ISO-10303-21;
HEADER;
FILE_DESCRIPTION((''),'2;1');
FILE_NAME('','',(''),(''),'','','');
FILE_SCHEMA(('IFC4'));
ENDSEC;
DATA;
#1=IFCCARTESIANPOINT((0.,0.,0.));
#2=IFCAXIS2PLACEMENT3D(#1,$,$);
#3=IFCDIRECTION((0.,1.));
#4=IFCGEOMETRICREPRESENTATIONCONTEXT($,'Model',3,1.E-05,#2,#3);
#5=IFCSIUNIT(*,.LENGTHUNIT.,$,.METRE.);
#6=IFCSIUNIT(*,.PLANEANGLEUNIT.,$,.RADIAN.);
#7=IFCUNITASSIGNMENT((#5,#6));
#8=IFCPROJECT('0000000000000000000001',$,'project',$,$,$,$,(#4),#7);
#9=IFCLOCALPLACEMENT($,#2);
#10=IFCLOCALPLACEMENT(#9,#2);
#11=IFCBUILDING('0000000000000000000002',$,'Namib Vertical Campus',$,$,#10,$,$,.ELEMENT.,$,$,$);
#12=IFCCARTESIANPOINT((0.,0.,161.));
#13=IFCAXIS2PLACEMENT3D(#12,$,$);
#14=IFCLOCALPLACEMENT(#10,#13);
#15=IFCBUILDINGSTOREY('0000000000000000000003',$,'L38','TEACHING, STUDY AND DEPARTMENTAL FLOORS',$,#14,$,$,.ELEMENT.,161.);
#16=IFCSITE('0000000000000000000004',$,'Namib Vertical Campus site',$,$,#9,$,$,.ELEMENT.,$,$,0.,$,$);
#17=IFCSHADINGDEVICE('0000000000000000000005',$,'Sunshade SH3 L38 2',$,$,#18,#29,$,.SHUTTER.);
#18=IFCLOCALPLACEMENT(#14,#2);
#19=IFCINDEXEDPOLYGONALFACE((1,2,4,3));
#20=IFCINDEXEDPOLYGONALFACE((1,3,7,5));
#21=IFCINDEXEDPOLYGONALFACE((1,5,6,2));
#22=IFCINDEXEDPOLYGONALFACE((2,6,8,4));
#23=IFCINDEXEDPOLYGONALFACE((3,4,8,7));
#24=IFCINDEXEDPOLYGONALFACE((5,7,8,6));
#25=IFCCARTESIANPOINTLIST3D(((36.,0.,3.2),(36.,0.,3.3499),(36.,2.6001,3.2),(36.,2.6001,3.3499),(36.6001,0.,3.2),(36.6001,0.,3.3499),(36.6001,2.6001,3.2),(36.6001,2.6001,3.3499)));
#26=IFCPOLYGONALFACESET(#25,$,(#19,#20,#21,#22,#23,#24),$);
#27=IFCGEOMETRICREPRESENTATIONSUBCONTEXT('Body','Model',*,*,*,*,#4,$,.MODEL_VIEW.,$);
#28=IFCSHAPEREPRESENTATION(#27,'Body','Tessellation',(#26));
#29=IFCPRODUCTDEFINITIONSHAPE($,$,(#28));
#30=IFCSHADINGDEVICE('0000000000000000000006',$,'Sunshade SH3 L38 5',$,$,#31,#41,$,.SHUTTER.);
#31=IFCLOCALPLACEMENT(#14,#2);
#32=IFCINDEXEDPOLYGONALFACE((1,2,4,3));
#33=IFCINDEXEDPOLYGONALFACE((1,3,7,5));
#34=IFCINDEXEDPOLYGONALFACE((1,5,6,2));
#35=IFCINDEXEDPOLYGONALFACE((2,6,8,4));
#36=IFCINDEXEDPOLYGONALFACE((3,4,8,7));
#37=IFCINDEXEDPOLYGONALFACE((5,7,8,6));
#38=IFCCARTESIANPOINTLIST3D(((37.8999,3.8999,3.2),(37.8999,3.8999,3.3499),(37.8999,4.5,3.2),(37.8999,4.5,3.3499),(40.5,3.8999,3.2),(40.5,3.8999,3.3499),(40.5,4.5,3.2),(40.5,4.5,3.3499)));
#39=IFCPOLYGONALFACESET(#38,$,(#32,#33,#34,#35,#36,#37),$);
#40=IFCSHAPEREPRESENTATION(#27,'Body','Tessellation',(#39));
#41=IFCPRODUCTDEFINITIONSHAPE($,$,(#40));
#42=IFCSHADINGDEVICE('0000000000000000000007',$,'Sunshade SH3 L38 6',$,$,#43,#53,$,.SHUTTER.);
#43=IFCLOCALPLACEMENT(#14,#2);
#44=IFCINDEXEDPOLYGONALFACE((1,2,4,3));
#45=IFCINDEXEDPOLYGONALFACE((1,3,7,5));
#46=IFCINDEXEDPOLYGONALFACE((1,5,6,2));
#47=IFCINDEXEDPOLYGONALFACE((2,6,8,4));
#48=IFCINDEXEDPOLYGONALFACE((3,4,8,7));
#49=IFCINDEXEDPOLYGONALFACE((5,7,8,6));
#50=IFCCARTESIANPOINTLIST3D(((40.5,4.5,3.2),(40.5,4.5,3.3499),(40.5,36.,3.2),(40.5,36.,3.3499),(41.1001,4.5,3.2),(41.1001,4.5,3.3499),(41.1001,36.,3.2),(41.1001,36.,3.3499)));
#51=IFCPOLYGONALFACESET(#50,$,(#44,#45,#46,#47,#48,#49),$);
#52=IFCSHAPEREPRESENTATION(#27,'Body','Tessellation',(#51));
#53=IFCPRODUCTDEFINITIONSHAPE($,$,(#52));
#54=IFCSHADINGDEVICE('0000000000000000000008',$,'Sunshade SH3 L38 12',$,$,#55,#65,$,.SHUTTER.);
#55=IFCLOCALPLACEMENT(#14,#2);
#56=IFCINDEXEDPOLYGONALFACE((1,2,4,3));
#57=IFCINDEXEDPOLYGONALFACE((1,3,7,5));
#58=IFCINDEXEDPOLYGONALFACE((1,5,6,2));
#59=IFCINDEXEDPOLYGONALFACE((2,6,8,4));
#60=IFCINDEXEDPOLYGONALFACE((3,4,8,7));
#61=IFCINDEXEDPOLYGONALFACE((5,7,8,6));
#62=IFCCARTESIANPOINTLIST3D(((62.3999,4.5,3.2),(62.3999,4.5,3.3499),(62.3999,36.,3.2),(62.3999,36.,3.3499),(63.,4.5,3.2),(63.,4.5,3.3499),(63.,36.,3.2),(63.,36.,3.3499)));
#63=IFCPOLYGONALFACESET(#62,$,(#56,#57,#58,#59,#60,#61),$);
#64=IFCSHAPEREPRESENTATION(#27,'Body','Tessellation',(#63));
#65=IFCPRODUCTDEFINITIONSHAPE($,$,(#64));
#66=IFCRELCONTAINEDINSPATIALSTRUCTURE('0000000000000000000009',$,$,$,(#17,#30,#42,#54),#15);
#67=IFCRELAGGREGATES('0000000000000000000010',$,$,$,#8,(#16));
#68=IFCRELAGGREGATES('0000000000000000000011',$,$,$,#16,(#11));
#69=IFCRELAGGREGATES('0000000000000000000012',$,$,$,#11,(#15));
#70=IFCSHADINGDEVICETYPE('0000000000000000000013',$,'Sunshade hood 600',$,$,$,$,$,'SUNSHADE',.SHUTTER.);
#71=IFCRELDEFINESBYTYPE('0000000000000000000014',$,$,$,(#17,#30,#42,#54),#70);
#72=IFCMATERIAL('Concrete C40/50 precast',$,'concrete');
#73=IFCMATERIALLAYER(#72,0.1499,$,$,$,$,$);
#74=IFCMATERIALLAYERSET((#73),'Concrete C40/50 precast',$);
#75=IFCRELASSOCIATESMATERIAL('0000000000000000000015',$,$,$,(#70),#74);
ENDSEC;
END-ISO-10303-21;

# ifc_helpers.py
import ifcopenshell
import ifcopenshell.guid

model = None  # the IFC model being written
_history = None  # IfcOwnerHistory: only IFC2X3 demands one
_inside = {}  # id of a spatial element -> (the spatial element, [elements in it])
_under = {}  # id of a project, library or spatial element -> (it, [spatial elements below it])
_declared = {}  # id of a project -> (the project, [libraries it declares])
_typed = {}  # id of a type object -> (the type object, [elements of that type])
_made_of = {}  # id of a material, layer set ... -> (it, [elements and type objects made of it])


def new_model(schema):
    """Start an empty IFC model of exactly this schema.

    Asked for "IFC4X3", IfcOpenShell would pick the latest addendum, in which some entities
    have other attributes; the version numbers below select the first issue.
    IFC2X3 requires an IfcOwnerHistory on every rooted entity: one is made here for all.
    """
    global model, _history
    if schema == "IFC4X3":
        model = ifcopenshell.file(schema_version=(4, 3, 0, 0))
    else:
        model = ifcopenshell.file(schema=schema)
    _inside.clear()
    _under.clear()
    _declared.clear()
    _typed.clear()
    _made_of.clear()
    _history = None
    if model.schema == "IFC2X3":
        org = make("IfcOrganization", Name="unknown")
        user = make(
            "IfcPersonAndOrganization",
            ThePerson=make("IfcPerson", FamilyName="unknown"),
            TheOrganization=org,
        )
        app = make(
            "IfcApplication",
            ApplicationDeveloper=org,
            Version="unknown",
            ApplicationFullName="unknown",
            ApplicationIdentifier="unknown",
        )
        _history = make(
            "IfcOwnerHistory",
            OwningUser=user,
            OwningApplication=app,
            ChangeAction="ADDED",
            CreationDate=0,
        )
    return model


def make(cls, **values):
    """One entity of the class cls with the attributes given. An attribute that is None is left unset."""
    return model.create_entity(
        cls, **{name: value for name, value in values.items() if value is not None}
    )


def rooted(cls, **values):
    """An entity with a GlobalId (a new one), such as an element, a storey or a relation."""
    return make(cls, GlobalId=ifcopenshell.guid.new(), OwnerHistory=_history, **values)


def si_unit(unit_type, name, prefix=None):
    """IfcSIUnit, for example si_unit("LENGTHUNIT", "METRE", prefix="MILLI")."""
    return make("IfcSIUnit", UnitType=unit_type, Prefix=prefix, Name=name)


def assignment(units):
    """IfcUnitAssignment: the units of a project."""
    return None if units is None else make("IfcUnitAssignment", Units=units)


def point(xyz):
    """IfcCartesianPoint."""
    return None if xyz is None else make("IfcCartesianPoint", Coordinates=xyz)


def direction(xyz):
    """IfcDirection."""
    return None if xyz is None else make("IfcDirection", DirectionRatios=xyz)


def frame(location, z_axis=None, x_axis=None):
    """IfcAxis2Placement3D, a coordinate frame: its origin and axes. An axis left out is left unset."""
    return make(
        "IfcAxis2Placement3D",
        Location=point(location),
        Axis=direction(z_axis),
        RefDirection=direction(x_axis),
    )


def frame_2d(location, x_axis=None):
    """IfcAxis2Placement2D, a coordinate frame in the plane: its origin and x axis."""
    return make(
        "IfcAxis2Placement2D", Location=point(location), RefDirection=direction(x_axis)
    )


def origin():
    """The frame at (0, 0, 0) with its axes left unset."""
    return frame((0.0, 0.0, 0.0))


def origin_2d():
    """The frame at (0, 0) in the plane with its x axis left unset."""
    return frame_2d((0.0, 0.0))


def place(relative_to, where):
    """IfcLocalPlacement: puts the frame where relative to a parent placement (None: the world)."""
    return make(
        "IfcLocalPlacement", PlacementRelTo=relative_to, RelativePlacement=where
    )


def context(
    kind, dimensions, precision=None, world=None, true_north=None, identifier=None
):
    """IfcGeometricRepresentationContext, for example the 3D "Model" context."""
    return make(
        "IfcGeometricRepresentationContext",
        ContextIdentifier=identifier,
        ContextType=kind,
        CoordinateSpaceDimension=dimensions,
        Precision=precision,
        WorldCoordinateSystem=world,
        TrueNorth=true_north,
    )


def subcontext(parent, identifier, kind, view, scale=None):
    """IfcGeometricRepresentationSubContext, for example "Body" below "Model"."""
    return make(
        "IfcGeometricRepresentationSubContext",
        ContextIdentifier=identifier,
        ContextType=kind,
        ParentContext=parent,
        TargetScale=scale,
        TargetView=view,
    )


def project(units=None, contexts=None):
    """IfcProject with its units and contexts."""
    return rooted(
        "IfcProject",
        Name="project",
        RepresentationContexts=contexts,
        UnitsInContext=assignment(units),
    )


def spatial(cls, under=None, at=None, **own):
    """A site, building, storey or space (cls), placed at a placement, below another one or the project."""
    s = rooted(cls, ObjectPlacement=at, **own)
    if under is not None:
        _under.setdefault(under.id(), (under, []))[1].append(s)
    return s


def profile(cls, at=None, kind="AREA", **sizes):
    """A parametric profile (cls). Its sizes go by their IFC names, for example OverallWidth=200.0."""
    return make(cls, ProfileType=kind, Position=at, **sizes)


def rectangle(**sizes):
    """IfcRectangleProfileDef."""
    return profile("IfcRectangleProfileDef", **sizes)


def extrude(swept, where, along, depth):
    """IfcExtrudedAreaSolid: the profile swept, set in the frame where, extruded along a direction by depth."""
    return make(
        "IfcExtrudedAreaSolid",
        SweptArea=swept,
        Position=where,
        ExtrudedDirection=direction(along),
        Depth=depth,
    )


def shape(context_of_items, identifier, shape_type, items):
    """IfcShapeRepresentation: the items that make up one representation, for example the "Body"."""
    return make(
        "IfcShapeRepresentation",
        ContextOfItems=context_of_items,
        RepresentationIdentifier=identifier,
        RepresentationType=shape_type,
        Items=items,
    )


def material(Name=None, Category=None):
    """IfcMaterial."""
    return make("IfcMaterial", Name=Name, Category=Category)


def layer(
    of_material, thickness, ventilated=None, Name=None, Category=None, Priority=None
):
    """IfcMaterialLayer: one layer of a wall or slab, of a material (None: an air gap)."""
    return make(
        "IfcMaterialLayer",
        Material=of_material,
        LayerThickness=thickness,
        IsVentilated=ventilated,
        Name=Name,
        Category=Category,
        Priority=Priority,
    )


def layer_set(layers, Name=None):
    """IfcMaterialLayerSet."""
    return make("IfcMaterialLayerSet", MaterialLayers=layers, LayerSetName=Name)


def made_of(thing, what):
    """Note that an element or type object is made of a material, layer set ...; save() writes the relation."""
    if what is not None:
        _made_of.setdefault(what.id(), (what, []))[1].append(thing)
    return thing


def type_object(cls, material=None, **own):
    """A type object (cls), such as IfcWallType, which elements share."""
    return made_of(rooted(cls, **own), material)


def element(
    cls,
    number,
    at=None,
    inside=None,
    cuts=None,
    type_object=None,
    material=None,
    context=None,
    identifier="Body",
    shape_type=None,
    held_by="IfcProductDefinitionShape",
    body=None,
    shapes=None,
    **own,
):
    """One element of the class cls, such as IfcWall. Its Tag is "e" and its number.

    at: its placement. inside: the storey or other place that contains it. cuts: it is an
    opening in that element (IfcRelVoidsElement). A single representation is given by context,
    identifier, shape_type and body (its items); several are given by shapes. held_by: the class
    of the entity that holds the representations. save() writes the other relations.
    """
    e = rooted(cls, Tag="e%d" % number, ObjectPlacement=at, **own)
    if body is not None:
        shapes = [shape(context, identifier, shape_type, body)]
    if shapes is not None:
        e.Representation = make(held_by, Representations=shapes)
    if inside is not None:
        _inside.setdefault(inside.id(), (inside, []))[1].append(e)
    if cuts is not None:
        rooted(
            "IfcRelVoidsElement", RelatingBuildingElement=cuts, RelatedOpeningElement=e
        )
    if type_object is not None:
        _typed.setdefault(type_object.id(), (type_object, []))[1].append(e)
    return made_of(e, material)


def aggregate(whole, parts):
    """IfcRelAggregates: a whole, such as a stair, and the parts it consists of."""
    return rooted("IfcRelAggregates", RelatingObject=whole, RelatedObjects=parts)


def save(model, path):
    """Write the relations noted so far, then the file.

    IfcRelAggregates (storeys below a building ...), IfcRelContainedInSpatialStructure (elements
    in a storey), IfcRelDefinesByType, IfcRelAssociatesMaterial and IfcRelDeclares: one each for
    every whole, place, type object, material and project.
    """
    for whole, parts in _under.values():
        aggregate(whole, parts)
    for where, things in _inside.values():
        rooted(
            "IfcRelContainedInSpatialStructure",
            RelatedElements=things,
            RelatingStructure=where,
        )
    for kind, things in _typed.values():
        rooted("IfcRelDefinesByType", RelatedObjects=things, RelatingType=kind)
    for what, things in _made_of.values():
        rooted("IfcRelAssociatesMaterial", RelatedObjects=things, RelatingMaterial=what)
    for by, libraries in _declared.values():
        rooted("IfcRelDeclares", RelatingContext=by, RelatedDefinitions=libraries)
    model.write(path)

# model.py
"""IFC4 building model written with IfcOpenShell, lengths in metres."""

from ifc_helpers import new_model, si_unit, direction, frame, origin, origin_2d, place, context, subcontext, project, spatial, rectangle, extrude, material, layer, layer_set, type_object, element, save


model = new_model("IFC4")

# Units and contexts
model_context = context("Model", 3, precision=1e-05, world=origin(), true_north=direction((0.0, 1.0)))
body_context = subcontext(model_context, "Body", "Model", "MODEL_VIEW")
ifc_project = project(units=[si_unit("LENGTHUNIT", "METRE"), si_unit("PLANEANGLEUNIT", "RADIAN")], contexts=[model_context])

# Site, building, storey
site_placement = place(None, origin())
site = spatial("IfcSite", under=ifc_project, at=site_placement, Name="Namib Vertical Campus site", CompositionType="ELEMENT", RefElevation=0.0)
building_placement = place(site_placement, origin())
building = spatial("IfcBuilding", under=site, at=building_placement, Name="Namib Vertical Campus", CompositionType="ELEMENT")
storey_placement = place(building_placement, frame((0.0, 0.0, 161.0)))
storey = spatial("IfcBuildingStorey", under=building, at=storey_placement, Name="L38", Description="TEACHING, STUDY AND DEPARTMENTAL FLOORS", CompositionType="ELEMENT", Elevation=161.0)

# Shading devices
ifc_material_1 = material(Name="Concrete C40/50 precast", Category="concrete")
ifc_layer_1 = layer(ifc_material_1, 0.1499)
ifc_layer_set_1 = layer_set([ifc_layer_1], Name="Concrete C40/50 precast")
shading_device_type = type_object("IfcShadingDeviceType", Name="Sunshade hood 600", ElementType="SUNSHADE", PredefinedType="SHUTTER", material=ifc_layer_set_1)
for number, where, z_axis, x_axis, name in (
    (1, (36.3, 1.3, 3.2), (0.0, 0.0, 1.0), (0.0, 1.0, 0.0), "Sunshade SH3 L38 2"),
    (2, (39.2, 4.2, 3.2), (0.0, 0.0, 1.0), (1.0, 0.0, 0.0), "Sunshade SH3 L38 5"),
):
    element("IfcShadingDevice", number, at=place(storey_placement, frame(where, z_axis=z_axis, x_axis=x_axis)), inside=storey, type_object=shading_device_type, Name=name, PredefinedType="SHUTTER", context=body_context, shape_type="SweptSolid", body=[
        extrude(rectangle(XDim=2.6001, YDim=0.6001, at=origin_2d()), origin(), (0.0, 0.0, 1.0), 0.1499),
    ])
for number, where, z_axis, x_axis, name in (
    (3, (40.8, 20.25, 3.2), (0.0, 0.0, 1.0), (0.0, 1.0, 0.0), "Sunshade SH3 L38 6"),
    (4, (62.7, 20.25, 3.2), (0.0, 0.0, 1.0), (0.0, -1.0, 0.0), "Sunshade SH3 L38 12"),
):
    element("IfcShadingDevice", number, at=place(storey_placement, frame(where, z_axis=z_axis, x_axis=x_axis)), inside=storey, type_object=shading_device_type, Name=name, PredefinedType="SHUTTER", context=body_context, shape_type="SweptSolid", body=[
        extrude(rectangle(XDim=31.5, YDim=0.6001, at=origin_2d()), origin(), (0.0, 0.0, 1.0), 0.1499),
    ])

save(model, "model.ifc")
